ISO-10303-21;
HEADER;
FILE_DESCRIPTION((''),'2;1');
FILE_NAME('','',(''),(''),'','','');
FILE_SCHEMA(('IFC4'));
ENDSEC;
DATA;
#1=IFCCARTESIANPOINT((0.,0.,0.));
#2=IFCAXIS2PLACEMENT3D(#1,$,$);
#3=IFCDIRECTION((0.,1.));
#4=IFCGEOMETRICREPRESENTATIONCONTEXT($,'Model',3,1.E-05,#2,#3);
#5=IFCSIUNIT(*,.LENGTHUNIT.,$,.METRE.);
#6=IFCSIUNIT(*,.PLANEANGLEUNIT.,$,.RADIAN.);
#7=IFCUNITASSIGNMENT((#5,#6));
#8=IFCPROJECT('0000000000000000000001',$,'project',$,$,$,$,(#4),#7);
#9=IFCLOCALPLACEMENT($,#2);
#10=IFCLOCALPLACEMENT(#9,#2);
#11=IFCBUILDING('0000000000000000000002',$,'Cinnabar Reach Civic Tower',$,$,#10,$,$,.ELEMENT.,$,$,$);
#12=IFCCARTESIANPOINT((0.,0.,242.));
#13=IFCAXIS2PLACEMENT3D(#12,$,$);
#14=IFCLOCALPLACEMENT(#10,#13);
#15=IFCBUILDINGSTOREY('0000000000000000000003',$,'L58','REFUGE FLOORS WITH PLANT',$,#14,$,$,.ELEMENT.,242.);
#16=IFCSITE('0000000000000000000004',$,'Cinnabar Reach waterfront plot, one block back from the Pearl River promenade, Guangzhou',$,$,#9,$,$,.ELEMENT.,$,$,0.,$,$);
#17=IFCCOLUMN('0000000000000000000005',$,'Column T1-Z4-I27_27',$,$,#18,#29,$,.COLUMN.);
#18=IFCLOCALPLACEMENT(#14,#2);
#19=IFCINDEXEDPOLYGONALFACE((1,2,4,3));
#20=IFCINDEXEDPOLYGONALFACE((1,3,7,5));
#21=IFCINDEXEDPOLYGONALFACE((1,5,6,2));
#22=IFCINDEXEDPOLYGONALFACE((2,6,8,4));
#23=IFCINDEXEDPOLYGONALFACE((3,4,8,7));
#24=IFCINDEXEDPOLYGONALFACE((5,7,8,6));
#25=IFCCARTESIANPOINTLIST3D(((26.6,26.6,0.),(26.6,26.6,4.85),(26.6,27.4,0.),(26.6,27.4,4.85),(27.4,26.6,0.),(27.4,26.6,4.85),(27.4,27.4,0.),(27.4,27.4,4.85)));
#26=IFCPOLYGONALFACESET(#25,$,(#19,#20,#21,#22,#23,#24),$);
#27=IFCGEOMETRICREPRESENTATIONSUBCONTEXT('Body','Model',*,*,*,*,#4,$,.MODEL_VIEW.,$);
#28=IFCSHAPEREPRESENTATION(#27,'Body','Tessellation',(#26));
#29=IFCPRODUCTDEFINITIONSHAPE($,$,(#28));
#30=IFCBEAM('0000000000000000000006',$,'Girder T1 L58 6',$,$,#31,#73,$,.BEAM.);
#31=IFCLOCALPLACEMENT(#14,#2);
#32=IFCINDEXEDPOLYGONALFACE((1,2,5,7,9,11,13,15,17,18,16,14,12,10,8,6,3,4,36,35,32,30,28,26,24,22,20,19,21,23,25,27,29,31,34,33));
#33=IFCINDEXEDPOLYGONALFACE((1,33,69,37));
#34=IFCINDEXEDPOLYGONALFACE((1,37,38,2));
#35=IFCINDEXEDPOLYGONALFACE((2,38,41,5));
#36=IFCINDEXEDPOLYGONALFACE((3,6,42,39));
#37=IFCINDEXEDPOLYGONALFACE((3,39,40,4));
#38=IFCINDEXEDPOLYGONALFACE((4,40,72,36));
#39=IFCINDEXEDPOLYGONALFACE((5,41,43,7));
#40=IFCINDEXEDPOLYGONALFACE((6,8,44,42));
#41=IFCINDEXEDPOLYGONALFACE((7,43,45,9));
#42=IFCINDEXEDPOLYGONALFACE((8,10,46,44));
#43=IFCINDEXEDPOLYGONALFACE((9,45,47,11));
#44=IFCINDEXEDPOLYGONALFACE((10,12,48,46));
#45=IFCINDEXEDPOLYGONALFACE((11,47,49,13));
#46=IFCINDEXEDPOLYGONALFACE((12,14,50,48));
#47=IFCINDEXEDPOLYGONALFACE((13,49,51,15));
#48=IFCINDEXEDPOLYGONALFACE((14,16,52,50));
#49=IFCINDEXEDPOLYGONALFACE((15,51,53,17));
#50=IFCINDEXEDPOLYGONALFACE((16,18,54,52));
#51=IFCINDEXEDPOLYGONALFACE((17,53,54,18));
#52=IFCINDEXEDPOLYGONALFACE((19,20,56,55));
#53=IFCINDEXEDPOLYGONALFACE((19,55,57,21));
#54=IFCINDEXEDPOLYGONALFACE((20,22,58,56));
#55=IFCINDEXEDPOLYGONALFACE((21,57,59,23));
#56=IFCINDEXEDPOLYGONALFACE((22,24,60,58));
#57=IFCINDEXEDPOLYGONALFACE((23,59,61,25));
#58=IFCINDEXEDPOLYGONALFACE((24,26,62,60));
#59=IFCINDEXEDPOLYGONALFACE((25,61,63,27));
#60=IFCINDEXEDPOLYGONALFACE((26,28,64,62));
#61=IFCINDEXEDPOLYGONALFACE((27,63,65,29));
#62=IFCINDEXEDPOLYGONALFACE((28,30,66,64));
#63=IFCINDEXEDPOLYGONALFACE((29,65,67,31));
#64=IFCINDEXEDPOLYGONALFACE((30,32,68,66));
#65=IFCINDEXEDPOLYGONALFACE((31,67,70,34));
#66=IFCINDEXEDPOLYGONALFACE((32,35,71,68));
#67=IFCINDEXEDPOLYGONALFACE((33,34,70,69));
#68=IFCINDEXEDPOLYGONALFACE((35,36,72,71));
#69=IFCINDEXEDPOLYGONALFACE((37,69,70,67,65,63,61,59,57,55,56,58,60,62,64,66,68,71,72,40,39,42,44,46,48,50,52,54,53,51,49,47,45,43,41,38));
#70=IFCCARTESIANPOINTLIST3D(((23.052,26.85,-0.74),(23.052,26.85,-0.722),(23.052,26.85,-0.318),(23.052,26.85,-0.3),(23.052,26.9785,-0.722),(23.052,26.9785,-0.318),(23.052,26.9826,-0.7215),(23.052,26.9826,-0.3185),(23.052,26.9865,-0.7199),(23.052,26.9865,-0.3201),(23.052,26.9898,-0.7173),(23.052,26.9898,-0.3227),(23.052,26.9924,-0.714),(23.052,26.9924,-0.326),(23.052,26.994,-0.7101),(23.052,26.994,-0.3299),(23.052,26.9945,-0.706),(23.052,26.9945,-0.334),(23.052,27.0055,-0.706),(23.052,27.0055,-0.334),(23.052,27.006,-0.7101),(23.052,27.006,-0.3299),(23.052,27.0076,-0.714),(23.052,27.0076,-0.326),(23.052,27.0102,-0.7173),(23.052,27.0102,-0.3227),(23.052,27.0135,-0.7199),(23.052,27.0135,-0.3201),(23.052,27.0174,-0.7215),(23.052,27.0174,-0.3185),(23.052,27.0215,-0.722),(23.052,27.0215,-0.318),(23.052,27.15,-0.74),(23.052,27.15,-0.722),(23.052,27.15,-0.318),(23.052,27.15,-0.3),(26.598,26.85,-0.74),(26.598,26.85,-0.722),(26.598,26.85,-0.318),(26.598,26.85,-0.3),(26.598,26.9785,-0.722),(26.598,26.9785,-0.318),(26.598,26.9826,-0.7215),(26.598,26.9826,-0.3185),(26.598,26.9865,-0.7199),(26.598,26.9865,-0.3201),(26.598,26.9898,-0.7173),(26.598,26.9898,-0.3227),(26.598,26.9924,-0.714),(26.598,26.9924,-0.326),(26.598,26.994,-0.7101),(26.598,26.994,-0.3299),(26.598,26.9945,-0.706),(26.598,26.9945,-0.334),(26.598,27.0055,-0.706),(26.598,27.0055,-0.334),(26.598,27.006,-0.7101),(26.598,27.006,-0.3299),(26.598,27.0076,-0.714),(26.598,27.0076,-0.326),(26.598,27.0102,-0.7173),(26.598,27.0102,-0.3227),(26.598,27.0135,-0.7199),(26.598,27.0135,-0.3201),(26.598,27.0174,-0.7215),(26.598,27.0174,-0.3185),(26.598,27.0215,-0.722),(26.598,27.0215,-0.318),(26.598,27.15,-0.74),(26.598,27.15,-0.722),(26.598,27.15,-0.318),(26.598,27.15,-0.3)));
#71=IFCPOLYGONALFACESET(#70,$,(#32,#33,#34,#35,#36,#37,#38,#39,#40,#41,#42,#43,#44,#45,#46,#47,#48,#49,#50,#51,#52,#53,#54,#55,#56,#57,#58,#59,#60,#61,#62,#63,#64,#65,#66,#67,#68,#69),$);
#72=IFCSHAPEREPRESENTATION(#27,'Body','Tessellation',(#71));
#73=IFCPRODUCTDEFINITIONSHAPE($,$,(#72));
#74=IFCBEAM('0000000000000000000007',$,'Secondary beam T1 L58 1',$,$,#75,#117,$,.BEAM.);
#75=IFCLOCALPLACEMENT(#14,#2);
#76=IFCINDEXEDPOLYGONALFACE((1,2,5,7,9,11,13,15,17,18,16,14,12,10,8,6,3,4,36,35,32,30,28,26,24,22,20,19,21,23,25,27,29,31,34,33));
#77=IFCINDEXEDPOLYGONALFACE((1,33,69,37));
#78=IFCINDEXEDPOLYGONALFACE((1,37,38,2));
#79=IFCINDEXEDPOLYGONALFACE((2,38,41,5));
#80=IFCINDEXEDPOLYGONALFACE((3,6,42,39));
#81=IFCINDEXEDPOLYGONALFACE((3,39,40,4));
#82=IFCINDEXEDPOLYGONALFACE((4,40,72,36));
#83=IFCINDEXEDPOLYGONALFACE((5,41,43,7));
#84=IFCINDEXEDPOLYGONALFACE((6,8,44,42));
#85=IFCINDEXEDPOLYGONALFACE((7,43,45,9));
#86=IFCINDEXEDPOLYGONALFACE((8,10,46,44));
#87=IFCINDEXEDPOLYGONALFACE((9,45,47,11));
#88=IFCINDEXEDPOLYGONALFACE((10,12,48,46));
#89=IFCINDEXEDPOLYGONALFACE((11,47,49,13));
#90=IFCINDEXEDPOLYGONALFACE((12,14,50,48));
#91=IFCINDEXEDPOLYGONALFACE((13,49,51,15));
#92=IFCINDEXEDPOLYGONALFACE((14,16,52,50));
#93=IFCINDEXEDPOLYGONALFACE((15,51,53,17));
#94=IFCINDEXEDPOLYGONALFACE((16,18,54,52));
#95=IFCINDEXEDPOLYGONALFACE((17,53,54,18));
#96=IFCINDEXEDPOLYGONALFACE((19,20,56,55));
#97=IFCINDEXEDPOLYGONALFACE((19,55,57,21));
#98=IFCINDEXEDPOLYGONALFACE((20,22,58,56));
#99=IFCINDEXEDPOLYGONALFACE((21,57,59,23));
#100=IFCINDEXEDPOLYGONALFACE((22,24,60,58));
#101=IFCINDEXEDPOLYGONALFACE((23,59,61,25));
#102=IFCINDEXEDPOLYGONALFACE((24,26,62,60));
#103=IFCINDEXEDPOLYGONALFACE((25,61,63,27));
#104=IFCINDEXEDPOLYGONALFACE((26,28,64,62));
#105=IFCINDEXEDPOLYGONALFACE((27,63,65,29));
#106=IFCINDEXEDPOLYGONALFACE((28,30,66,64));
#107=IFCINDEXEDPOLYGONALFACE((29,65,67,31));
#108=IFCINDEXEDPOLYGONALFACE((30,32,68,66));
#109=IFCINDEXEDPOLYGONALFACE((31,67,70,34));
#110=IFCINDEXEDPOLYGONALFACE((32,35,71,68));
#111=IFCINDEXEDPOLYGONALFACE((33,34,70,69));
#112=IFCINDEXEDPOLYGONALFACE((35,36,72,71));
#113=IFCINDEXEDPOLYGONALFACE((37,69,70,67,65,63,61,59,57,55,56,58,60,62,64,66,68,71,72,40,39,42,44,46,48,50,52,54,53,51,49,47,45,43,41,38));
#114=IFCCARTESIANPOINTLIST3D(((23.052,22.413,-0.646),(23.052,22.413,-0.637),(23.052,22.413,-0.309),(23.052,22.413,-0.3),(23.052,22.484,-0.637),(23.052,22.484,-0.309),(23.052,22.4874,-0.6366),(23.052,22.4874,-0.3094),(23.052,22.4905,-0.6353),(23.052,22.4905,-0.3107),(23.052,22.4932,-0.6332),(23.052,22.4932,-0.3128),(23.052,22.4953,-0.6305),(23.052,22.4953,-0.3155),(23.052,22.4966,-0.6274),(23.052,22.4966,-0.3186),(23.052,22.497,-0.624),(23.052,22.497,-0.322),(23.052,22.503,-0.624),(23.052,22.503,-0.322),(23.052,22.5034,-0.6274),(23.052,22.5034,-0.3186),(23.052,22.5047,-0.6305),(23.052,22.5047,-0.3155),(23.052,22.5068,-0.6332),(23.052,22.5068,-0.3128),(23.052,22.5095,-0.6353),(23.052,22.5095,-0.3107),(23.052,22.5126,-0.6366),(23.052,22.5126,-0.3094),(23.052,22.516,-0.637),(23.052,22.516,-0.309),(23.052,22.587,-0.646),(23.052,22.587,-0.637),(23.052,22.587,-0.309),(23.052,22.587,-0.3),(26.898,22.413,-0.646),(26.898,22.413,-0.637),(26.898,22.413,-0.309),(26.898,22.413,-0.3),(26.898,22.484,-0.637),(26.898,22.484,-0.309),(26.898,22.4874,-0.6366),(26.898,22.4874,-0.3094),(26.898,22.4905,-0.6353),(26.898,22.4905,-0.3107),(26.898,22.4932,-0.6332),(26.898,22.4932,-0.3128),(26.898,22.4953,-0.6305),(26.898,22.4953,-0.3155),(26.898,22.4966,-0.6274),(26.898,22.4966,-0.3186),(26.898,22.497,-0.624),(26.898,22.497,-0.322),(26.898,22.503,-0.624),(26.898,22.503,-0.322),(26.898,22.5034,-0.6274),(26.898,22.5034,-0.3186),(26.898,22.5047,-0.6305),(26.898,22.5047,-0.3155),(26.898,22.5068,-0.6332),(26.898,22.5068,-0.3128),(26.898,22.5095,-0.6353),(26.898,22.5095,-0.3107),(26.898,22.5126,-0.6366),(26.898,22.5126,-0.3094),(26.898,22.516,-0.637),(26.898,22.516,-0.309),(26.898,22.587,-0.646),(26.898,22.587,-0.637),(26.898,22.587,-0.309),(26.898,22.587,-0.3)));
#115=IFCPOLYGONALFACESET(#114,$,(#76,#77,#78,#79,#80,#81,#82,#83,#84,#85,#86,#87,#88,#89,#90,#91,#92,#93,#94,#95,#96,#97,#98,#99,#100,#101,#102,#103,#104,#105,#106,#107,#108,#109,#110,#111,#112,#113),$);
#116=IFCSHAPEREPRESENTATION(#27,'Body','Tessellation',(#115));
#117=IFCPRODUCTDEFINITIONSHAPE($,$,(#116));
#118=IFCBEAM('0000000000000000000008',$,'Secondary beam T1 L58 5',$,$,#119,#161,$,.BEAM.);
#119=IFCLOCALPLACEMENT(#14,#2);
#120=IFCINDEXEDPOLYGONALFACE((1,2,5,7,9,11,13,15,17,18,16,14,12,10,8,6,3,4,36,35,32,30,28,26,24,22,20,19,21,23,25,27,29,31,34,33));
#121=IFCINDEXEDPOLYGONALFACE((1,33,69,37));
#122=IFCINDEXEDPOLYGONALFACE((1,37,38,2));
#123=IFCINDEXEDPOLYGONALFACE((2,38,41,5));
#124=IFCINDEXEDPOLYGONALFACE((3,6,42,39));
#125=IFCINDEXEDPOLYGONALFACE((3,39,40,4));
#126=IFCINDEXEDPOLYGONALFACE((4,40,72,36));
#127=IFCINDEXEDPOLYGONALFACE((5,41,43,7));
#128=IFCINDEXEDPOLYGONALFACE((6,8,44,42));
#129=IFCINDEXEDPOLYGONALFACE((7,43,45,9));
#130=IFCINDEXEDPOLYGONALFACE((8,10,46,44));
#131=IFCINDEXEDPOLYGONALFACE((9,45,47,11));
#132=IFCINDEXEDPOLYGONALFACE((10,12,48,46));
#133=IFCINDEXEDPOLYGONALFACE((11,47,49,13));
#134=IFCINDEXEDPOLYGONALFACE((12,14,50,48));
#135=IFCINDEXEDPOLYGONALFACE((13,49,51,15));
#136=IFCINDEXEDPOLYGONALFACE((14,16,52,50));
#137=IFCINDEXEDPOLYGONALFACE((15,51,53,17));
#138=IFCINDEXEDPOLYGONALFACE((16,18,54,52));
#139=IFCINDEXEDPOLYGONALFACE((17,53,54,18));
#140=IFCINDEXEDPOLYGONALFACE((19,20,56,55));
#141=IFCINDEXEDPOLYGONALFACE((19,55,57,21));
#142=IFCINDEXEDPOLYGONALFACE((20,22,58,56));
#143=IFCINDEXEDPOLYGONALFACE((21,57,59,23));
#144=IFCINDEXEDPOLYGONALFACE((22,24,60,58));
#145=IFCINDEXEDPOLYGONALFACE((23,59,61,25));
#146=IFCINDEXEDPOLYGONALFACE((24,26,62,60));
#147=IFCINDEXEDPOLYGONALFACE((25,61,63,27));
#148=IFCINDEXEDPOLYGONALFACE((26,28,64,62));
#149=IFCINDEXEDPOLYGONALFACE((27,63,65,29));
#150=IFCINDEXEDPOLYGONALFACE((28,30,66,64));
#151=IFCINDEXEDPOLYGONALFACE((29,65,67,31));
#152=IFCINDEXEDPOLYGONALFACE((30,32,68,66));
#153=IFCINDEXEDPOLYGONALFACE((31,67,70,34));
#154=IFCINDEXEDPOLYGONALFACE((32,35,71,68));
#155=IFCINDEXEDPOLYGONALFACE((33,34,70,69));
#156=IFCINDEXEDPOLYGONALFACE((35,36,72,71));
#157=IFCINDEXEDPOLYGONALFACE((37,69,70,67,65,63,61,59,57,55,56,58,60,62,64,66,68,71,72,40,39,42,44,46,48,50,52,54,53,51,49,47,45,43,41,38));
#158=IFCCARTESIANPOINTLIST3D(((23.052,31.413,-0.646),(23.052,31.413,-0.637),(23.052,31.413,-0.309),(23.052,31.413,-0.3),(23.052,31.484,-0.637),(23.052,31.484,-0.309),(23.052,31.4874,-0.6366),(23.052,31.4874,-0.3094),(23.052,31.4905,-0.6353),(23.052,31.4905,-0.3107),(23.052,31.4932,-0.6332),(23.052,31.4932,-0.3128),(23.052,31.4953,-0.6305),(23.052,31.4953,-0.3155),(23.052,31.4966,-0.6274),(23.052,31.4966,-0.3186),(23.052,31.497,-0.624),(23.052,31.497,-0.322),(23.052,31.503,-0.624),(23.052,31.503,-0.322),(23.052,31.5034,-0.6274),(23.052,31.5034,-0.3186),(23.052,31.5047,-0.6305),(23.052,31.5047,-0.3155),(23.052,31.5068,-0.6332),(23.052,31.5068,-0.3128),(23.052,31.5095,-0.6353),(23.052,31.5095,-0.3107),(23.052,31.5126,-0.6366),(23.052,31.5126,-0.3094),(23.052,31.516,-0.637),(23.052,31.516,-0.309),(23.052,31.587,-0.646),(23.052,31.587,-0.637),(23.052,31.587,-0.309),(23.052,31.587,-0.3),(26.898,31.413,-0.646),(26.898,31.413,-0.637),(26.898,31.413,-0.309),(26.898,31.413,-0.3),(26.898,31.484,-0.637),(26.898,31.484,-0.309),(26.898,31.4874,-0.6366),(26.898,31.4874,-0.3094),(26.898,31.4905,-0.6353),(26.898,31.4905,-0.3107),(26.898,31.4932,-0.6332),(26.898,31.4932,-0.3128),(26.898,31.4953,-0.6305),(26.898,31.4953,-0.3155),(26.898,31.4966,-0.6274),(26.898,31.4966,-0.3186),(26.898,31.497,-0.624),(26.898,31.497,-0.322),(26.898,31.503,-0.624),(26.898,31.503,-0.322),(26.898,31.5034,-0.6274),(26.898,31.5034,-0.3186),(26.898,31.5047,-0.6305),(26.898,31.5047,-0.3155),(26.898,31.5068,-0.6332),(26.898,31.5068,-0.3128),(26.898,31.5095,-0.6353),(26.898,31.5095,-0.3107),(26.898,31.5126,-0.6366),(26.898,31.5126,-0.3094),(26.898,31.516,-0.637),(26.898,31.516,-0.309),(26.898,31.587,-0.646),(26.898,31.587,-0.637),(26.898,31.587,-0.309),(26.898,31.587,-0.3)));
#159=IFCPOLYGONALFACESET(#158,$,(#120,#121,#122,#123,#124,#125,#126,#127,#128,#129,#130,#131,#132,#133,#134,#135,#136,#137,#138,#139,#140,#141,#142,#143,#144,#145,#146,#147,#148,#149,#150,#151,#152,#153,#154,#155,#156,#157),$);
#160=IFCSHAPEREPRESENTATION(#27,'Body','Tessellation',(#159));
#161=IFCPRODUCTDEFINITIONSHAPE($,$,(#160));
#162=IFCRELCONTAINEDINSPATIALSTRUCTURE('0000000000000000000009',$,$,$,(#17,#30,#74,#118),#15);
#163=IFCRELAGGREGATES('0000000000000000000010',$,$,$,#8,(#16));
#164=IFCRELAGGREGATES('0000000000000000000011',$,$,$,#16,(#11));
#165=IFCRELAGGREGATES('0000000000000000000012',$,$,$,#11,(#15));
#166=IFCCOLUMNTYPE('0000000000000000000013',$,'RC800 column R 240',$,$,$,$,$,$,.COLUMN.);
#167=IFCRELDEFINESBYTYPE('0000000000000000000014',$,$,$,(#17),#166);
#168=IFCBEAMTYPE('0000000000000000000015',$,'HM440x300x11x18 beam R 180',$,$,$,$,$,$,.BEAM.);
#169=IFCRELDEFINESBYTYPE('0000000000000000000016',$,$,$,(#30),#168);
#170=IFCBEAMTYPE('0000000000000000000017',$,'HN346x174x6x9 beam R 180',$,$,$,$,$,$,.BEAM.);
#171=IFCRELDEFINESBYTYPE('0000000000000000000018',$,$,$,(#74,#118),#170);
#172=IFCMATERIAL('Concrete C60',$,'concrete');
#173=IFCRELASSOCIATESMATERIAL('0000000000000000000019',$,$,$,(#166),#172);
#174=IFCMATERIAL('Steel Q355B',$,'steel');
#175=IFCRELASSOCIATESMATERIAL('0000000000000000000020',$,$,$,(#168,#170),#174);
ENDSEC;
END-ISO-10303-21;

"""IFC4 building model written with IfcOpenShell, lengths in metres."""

from ifc_helpers import new_model, si_unit, direction, frame, origin, origin_2d, place, context, subcontext, project, spatial, rectangle, i_section, extrude, material, material_profile, profile_set, type_object, element, save


model = new_model("IFC4")

# Units and contexts
model_context = context("Model", 3, precision=1e-05, world=origin(), true_north=direction((0.0, 1.0)))
body_context = subcontext(model_context, "Body", "Model", "MODEL_VIEW")
ifc_project = project(units=[si_unit("LENGTHUNIT", "METRE"), si_unit("PLANEANGLEUNIT", "RADIAN")], contexts=[model_context])

# Site, building, storey
site_placement = place(None, origin())
site = spatial("IfcSite", under=ifc_project, at=site_placement, Name="Cinnabar Reach waterfront plot, one block back from the Pearl River promenade, Guangzhou", CompositionType="ELEMENT", RefElevation=0.0)
building_placement = place(site_placement, origin())
building = spatial("IfcBuilding", under=site, at=building_placement, Name="Cinnabar Reach Civic Tower", CompositionType="ELEMENT")
storey_placement = place(building_placement, frame((0.0, 0.0, 242.0)))
storey = spatial("IfcBuildingStorey", under=building, at=storey_placement, Name="L58", Description="REFUGE FLOORS WITH PLANT", CompositionType="ELEMENT", Elevation=242.0)

# Column
ifc_material_1 = material(Name="Concrete C60", Category="concrete")
ifc_material_profile_1 = material_profile(ifc_material_1, rectangle(XDim=0.8, YDim=0.8, at=origin_2d()), Name="RC800")
ifc_profile_set_1 = profile_set([ifc_material_profile_1], Name="Concrete C60")
column_type = type_object("IfcColumnType", Name="RC800 column R 240", PredefinedType="COLUMN", material=ifc_profile_set_1)
column_placement = place(storey_placement, frame((27.0, 27.0, 0.0), z_axis=(0.0, 0.0, 1.0), x_axis=(1.0, 0.0, 0.0)))
element("IfcColumn", 1, at=column_placement, inside=storey, type_object=column_type, Name="Column T1-Z4-I27_27", PredefinedType="COLUMN", context=body_context, shape_type="SweptSolid", body=[
    extrude(rectangle(XDim=0.8, YDim=0.8, at=origin_2d()), origin(), (0.0, 0.0, 1.0), 4.85),
])

# Beams
ifc_material_2 = material(Name="Steel Q355B", Category="steel")
ifc_material_profile_2 = material_profile(ifc_material_2, i_section(OverallWidth=0.3, OverallDepth=0.44, WebThickness=0.011, FlangeThickness=0.018, FilletRadius=0.016, at=origin_2d()), Name="HM440x300x11x18")
ifc_profile_set_2 = profile_set([ifc_material_profile_2], Name="Steel Q355B")
beam_type_1 = type_object("IfcBeamType", Name="HM440x300x11x18 beam R 180", PredefinedType="BEAM", material=ifc_profile_set_2)
beam_1_placement = place(storey_placement, frame((23.052, 27.0, -0.52), z_axis=(1.0, 0.0, 0.0), x_axis=(0.0, 1.0, 0.0)))
element("IfcBeam", 2, at=beam_1_placement, inside=storey, type_object=beam_type_1, Name="Girder T1 L58 6", PredefinedType="BEAM", context=body_context, shape_type="SweptSolid", body=[
    extrude(i_section(OverallWidth=0.3, OverallDepth=0.44, WebThickness=0.011, FlangeThickness=0.018, FilletRadius=0.016, at=origin_2d()), origin(), (0.0, 0.0, 1.0), 3.546),
])
ifc_material_profile_3 = material_profile(ifc_material_2, i_section(OverallWidth=0.174, OverallDepth=0.346, WebThickness=0.006, FlangeThickness=0.009, FilletRadius=0.013, at=origin_2d()), Name="HN346x174x6x9")
ifc_profile_set_3 = profile_set([ifc_material_profile_3], Name="Steel Q355B")
beam_type_2 = type_object("IfcBeamType", Name="HN346x174x6x9 beam R 180", PredefinedType="BEAM", material=ifc_profile_set_3)
for number, where, z_axis, x_axis, name in (
    (3, (23.052, 22.5, -0.473), (1.0, 0.0, 0.0), (0.0, 1.0, 0.0), "Secondary beam T1 L58 1"),
    (4, (23.052, 31.5, -0.473), (1.0, 0.0, 0.0), (0.0, 1.0, 0.0), "Secondary beam T1 L58 5"),
):
    element("IfcBeam", number, at=place(storey_placement, frame(where, z_axis=z_axis, x_axis=x_axis)), inside=storey, type_object=beam_type_2, Name=name, PredefinedType="BEAM", context=body_context, shape_type="SweptSolid", body=[
        extrude(i_section(OverallWidth=0.174, OverallDepth=0.346, WebThickness=0.006, FlangeThickness=0.009, FilletRadius=0.013, at=origin_2d()), origin(), (0.0, 0.0, 1.0), 3.846),
    ])

save(model, "model.ifc")
